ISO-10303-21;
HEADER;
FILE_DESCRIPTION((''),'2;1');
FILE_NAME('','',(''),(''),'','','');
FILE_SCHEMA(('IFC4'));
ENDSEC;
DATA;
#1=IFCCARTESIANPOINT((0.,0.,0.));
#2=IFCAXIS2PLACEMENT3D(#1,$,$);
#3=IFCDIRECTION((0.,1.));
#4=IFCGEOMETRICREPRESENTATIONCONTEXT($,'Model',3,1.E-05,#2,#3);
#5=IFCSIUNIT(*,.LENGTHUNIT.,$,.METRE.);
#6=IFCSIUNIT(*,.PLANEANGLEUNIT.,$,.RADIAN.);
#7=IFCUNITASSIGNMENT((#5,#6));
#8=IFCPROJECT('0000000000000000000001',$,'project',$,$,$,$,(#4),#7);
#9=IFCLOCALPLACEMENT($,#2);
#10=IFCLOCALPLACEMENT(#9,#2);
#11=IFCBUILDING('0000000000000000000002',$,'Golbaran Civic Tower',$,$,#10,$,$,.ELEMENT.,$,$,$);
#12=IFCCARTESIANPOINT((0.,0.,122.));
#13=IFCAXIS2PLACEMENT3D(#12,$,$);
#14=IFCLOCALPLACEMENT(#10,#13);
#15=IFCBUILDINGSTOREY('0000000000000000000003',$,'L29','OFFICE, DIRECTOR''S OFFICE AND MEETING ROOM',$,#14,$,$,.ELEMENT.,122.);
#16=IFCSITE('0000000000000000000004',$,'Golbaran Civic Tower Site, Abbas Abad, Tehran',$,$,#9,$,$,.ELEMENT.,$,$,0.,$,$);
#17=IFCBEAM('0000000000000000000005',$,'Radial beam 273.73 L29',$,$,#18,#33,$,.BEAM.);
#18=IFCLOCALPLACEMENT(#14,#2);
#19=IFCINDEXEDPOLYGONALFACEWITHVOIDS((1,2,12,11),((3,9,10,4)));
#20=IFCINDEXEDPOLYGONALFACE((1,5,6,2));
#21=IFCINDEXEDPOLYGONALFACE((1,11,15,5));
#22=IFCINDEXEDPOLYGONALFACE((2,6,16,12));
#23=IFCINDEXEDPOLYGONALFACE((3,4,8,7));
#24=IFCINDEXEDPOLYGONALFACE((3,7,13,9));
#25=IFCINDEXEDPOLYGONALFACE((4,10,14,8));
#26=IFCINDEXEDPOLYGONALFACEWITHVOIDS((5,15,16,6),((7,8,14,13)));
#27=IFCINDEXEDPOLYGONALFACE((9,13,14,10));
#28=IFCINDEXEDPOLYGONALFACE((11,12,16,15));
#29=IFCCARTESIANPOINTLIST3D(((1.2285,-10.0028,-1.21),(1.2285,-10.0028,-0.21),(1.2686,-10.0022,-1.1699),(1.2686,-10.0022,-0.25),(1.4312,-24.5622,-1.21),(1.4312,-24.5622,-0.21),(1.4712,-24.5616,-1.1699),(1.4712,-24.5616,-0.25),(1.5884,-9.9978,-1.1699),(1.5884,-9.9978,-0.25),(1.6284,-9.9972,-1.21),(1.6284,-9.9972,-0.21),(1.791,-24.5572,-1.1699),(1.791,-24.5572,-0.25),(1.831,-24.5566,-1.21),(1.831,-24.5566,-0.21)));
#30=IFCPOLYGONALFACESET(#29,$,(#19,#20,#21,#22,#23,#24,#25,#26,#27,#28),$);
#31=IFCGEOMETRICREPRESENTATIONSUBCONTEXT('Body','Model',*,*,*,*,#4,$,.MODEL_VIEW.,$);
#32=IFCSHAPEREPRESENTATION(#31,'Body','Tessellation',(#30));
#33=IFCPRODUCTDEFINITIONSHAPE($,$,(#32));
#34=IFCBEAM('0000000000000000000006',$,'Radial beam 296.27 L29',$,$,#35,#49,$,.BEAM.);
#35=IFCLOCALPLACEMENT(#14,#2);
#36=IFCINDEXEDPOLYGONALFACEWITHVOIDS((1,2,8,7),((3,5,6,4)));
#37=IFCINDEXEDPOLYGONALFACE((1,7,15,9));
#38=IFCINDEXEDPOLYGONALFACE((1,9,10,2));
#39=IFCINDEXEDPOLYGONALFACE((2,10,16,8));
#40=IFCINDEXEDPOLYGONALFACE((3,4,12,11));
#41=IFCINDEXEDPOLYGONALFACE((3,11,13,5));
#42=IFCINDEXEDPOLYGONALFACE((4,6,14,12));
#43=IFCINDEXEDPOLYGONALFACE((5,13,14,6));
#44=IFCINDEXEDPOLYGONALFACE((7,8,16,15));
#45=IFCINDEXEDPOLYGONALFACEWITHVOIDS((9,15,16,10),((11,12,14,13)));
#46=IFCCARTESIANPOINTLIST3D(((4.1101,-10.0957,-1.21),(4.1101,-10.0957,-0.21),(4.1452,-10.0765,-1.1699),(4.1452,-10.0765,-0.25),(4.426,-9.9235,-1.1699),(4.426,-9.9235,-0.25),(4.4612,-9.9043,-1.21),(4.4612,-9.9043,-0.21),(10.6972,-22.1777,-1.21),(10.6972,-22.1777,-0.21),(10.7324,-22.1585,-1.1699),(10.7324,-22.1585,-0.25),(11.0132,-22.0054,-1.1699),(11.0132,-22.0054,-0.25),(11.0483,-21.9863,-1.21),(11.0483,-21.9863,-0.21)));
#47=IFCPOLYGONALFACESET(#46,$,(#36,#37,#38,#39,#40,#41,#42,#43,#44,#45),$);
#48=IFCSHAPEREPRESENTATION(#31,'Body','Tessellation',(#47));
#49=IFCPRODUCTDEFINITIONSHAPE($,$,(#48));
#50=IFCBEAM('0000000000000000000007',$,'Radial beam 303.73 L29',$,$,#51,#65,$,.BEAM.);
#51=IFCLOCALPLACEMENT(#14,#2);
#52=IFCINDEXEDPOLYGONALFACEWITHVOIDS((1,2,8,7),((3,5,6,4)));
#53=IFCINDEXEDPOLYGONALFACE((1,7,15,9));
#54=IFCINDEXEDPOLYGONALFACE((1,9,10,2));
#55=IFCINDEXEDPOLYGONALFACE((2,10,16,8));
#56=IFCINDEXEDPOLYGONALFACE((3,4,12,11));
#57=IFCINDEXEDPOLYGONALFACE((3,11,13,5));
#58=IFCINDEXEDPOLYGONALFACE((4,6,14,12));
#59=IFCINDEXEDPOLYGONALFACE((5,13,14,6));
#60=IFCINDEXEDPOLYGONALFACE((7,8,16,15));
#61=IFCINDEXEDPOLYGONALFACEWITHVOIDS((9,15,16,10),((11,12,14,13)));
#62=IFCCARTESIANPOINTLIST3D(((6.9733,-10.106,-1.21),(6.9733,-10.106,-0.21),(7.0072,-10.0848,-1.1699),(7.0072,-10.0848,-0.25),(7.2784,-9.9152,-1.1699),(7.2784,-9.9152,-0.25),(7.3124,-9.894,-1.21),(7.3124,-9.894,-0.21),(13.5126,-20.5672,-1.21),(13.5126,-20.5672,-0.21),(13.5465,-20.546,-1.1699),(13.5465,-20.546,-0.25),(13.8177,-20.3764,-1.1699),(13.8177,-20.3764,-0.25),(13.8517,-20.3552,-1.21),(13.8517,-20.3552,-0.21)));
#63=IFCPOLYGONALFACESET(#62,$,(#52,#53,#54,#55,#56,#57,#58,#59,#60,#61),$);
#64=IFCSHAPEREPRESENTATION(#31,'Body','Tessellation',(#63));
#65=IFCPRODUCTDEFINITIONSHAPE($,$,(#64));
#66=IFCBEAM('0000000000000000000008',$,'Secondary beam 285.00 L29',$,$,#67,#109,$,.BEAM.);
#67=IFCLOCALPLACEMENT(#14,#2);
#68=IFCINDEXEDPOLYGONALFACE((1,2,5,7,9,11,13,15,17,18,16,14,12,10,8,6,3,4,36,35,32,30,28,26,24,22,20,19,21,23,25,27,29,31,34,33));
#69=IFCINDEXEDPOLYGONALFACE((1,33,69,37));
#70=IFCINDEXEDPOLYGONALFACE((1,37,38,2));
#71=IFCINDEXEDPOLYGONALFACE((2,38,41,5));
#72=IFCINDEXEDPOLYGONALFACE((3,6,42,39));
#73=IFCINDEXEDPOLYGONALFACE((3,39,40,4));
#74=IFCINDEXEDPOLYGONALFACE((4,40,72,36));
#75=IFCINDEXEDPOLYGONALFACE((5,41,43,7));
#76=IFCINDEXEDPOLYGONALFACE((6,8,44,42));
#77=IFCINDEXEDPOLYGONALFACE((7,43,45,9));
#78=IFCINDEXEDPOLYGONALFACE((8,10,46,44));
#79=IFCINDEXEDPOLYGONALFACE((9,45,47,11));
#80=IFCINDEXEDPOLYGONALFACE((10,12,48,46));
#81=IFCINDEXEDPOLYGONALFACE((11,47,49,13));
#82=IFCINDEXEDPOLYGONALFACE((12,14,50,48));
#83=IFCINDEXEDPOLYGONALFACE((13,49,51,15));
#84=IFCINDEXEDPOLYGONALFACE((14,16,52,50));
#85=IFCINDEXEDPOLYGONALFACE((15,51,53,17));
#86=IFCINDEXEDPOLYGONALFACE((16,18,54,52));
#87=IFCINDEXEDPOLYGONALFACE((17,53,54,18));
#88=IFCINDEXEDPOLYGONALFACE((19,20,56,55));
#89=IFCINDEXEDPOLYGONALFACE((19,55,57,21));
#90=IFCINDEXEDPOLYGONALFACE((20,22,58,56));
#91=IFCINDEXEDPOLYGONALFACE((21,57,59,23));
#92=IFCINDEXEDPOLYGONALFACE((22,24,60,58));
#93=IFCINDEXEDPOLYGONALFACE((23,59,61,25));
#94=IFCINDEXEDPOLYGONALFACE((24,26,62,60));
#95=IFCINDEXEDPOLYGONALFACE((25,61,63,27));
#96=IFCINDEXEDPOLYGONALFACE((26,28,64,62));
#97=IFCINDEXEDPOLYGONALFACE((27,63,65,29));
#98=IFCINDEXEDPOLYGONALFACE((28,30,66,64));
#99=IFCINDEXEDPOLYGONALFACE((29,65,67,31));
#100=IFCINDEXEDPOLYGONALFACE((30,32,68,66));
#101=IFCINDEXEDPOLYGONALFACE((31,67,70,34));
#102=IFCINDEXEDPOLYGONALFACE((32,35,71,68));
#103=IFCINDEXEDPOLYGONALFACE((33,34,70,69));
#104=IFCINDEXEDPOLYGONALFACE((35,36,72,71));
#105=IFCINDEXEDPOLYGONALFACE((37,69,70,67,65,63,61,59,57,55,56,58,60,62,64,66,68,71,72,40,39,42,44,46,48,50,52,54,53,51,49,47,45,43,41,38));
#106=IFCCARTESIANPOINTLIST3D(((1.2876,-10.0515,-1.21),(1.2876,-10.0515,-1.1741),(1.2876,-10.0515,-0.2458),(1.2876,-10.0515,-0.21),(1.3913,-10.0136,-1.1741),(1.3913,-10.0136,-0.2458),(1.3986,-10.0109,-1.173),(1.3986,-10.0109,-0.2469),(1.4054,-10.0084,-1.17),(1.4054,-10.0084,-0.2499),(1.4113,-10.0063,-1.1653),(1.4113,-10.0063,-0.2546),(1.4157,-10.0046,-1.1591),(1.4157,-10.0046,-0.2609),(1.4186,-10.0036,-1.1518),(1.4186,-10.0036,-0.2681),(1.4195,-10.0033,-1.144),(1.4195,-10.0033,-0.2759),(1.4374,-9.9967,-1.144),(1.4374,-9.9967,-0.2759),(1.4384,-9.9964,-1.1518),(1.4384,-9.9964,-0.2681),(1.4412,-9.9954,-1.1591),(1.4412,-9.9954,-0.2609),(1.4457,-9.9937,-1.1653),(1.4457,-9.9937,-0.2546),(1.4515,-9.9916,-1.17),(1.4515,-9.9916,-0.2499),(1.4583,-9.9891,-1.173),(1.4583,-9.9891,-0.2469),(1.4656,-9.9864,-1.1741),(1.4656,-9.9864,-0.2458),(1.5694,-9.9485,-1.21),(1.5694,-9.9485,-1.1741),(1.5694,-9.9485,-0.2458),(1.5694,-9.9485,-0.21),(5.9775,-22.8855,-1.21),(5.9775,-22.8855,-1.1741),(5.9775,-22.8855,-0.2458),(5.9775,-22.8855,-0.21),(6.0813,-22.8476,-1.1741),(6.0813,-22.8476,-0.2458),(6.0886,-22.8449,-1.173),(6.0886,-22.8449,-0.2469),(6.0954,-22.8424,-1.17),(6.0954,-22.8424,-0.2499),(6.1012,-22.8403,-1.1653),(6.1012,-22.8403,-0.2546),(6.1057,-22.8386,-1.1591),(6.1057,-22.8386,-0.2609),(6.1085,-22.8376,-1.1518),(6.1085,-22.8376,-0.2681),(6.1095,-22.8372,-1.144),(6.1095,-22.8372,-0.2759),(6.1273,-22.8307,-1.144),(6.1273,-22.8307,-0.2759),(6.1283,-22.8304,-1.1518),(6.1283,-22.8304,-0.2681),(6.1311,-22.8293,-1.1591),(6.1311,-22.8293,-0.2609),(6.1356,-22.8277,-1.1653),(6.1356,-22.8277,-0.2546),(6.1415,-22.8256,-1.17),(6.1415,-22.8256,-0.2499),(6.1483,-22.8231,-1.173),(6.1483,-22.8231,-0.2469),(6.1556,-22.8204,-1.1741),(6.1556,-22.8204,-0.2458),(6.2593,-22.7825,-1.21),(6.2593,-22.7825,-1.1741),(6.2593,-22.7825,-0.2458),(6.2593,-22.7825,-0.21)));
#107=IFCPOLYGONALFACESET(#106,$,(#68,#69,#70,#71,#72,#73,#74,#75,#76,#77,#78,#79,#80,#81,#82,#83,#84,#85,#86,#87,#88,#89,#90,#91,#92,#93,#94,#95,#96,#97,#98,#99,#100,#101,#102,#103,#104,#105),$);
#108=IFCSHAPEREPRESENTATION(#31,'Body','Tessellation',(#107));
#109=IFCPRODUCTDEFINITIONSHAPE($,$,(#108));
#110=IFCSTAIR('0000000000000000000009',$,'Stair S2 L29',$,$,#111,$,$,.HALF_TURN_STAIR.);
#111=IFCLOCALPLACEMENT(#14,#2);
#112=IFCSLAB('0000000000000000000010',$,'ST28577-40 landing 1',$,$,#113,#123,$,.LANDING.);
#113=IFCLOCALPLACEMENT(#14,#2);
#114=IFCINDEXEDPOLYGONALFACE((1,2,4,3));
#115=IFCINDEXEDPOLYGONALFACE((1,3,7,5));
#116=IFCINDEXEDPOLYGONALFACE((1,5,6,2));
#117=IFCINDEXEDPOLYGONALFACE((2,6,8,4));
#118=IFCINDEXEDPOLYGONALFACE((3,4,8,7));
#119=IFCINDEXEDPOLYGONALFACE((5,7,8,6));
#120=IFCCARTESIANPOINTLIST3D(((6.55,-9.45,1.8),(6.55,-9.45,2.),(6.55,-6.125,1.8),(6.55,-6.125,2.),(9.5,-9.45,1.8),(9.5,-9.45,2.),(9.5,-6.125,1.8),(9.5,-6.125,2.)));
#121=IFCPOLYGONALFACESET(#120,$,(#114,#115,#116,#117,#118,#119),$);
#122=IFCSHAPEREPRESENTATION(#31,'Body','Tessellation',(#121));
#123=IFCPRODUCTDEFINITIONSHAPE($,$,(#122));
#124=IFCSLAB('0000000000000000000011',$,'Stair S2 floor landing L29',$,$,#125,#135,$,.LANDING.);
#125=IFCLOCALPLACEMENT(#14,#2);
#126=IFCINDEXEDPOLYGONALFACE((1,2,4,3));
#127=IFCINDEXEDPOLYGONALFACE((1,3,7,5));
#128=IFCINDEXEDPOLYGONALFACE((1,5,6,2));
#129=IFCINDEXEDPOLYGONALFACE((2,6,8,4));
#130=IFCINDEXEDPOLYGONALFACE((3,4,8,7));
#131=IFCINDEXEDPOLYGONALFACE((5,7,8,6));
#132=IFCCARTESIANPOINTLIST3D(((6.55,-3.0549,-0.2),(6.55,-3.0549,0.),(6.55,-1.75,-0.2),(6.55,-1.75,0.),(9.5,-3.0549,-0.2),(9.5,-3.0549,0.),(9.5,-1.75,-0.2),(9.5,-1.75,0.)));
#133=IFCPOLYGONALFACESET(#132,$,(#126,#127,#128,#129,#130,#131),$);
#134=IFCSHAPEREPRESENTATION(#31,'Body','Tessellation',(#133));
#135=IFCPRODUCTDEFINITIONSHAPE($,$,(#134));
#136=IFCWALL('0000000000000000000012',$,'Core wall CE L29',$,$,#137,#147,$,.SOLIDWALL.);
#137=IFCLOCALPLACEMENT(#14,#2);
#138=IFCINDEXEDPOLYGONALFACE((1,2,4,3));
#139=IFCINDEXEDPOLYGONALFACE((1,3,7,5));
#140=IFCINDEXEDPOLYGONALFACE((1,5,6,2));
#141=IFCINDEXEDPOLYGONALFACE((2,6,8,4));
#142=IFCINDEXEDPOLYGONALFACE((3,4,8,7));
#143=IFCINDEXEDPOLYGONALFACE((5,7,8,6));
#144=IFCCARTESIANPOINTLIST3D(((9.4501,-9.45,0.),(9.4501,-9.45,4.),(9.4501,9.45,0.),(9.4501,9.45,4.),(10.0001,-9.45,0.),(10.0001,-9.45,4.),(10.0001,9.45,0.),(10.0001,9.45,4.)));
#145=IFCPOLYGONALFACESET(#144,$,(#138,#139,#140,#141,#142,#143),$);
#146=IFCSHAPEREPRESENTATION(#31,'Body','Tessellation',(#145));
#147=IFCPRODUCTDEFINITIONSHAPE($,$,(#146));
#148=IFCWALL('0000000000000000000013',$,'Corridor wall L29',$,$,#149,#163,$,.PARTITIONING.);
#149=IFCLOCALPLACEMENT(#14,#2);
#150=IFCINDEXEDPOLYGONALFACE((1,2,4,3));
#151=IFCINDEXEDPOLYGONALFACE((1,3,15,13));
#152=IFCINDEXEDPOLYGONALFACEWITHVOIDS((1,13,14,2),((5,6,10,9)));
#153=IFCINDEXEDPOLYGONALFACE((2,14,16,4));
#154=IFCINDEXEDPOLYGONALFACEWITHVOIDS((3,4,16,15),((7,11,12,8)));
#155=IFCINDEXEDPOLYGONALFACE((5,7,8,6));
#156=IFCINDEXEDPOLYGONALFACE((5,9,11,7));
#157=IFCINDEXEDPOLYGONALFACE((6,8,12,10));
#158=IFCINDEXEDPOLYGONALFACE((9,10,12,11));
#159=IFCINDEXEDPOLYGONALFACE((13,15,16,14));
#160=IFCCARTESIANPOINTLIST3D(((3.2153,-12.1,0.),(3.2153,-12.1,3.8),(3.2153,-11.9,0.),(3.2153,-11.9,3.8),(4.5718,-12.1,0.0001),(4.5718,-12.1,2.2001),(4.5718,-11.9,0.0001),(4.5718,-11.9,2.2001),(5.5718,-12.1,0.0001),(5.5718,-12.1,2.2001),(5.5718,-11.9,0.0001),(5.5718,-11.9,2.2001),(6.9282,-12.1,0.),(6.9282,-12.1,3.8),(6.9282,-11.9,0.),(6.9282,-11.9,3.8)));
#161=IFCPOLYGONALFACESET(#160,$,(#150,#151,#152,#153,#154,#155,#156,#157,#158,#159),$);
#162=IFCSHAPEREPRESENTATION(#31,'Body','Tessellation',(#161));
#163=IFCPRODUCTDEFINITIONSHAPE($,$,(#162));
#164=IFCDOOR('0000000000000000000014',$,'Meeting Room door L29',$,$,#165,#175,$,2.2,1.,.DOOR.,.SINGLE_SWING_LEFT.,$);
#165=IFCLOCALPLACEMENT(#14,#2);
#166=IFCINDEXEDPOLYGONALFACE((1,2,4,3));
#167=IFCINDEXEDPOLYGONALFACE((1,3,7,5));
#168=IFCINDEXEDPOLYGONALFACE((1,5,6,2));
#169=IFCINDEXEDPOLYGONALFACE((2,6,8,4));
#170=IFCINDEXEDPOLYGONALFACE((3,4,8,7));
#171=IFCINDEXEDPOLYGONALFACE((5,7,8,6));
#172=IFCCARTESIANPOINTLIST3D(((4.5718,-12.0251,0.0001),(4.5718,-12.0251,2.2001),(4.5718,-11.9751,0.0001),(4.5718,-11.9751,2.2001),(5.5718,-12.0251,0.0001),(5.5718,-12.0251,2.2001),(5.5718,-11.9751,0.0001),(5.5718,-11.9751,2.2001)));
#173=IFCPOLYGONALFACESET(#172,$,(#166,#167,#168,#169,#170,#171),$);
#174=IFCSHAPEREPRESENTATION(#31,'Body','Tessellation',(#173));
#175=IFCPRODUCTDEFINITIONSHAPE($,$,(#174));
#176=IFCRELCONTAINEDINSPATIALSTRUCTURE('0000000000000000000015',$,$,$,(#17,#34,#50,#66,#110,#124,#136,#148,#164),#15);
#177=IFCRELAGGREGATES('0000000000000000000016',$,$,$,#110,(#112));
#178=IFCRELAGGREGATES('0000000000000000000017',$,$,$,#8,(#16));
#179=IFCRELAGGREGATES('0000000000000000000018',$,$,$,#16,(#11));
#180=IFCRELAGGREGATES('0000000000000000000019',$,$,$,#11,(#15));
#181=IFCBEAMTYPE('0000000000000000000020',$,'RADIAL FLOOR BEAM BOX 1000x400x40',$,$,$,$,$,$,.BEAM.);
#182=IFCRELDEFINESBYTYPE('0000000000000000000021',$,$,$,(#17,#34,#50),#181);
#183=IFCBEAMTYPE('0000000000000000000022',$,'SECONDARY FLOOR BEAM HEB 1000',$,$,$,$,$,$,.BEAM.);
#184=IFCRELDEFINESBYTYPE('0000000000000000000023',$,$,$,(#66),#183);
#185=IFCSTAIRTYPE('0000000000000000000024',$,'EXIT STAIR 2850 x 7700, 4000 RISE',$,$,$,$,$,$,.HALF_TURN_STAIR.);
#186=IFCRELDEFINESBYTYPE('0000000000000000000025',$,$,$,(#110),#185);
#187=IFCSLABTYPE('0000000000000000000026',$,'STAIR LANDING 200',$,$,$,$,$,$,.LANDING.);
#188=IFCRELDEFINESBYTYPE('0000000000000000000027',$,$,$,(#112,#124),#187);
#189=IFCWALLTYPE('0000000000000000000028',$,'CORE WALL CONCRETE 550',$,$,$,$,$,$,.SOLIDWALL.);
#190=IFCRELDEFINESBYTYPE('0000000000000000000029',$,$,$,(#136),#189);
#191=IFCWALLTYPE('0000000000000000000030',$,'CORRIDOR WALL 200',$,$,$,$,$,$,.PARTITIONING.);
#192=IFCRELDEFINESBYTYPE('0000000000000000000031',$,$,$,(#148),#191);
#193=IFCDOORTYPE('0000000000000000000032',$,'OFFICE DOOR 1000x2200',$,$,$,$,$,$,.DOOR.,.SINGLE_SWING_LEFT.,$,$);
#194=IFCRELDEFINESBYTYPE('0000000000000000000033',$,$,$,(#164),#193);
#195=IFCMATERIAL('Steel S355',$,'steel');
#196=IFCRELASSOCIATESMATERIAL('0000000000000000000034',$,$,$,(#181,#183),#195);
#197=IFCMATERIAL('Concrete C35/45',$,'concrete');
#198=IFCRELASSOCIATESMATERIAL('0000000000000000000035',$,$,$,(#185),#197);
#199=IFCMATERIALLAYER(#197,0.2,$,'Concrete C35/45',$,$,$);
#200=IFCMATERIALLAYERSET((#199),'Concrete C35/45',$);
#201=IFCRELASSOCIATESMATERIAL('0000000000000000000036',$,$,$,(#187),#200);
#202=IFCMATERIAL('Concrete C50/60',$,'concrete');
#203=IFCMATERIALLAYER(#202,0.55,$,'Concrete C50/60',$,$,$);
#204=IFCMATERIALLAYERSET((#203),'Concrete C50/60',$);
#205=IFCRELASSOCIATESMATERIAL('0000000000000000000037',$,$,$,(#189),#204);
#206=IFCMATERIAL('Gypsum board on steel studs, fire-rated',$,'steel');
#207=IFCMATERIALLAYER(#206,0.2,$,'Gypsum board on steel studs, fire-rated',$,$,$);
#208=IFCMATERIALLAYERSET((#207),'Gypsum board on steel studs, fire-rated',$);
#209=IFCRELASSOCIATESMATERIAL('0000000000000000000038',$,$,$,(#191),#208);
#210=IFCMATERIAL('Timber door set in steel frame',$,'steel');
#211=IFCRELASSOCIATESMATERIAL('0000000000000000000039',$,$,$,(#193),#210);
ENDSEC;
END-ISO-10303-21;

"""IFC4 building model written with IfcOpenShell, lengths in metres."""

from ifc_helpers import new_model, si_unit, direction, frame, frame_2d, origin, origin_2d, place, context, subcontext, project, spatial, polyline, rectangle, hollow_rectangle, i_section, outline, extrude, material, layer, layer_set, material_profile, profile_set, type_object, element, fill, aggregate, save


model = new_model("IFC4")

# Units and contexts
model_context = context("Model", 3, precision=1e-05, world=origin(), true_north=direction((0.0, 1.0)))
body_context = subcontext(model_context, "Body", "Model", "MODEL_VIEW")
ifc_project = project(units=[si_unit("LENGTHUNIT", "METRE"), si_unit("PLANEANGLEUNIT", "RADIAN")], contexts=[model_context])

# Site, building, storey
site_placement = place(None, origin())
site = spatial("IfcSite", under=ifc_project, at=site_placement, Name="Golbaran Civic Tower Site, Abbas Abad, Tehran", CompositionType="ELEMENT", RefElevation=0.0)
building_placement = place(site_placement, origin())
building = spatial("IfcBuilding", under=site, at=building_placement, Name="Golbaran Civic Tower", CompositionType="ELEMENT")
storey_placement = place(building_placement, frame((0.0, 0.0, 122.0)))
storey = spatial("IfcBuildingStorey", under=building, at=storey_placement, Name="L29", Description="OFFICE, DIRECTOR'S OFFICE AND MEETING ROOM", CompositionType="ELEMENT", Elevation=122.0)

# Beams
ifc_material_1 = material(Name="Steel S355", Category="steel")
ifc_material_profile_1 = material_profile(ifc_material_1, hollow_rectangle(XDim=0.3999, YDim=1.0, WallThickness=0.04, at=origin_2d()), Name="BOX 1000x400x40")
ifc_profile_set_1 = profile_set([ifc_material_profile_1], Name="Steel S355")
beam_type_1 = type_object("IfcBeamType", Name="RADIAL FLOOR BEAM BOX 1000x400x40", PredefinedType="BEAM", material=ifc_profile_set_1)
beam_1_placement = place(storey_placement, frame((1.4285, -10.0, -0.71), z_axis=(0.013917, -0.999903, 0.0), x_axis=(0.999903, 0.013917, 0.0)))
element("IfcBeam", 1, at=beam_1_placement, inside=storey, type_object=beam_type_1, Name="Radial beam 273.73 L29", PredefinedType="BEAM", context=body_context, shape_type="SweptSolid", body=[
    extrude(hollow_rectangle(XDim=0.3999, YDim=1.0, WallThickness=0.04, at=origin_2d()), origin(), (0.0, 0.0, 1.0), 14.5608),
])
beam_2_placement = place(storey_placement, frame((4.2856, -10.0, -0.71), z_axis=(0.478682, -0.877988, 0.0), x_axis=(0.877988, 0.478682, 0.0)))
element("IfcBeam", 2, at=beam_2_placement, inside=storey, type_object=beam_type_1, Name="Radial beam 296.27 L29", PredefinedType="BEAM", context=body_context, shape_type="SweptSolid", body=[
    extrude(hollow_rectangle(XDim=0.3999, YDim=1.0, WallThickness=0.04, at=origin_2d()), origin(), (0.0, 0.0, 1.0), 13.761),
])
beam_3_placement = place(storey_placement, frame((7.1428, -10.0, -0.71), z_axis=(0.530061, -0.847959, 0.0), x_axis=(0.847959, 0.530061, 0.0)))
element("IfcBeam", 3, at=beam_3_placement, inside=storey, type_object=beam_type_1, Name="Radial beam 303.73 L29", PredefinedType="BEAM", context=body_context, shape_type="SweptSolid", body=[
    extrude(hollow_rectangle(XDim=0.3999, YDim=1.0, WallThickness=0.04, at=origin_2d()), origin(), (0.0, 0.0, 1.0), 12.3369),
])
ifc_material_profile_2 = material_profile(ifc_material_1, i_section(OverallWidth=0.3, OverallDepth=1.0, WebThickness=0.019, FlangeThickness=0.0359, FilletRadius=0.03, at=origin_2d()), Name="HEB 1000")
ifc_profile_set_2 = profile_set([ifc_material_profile_2], Name="Steel S355")
beam_type_2 = type_object("IfcBeamType", Name="SECONDARY FLOOR BEAM HEB 1000", PredefinedType="BEAM", material=ifc_profile_set_2)
beam_4_placement = place(storey_placement, frame((1.4285, -10.0, -0.71), z_axis=(0.343232, -0.939251, 0.0), x_axis=(0.939251, 0.343232, 0.0)))
element("IfcBeam", 4, at=beam_4_placement, inside=storey, type_object=beam_type_2, Name="Secondary beam 285.00 L29", PredefinedType="BEAM", context=body_context, shape_type="SweptSolid", body=[
    extrude(i_section(OverallWidth=0.3, OverallDepth=1.0, WebThickness=0.019, FlangeThickness=0.0359, FilletRadius=0.03, at=origin_2d()), origin(), (0.0, 0.0, 1.0), 13.6641),
])

# Stair, slab
ifc_material_2 = material(Name="Concrete C35/45", Category="concrete")
stair_type = type_object("IfcStairType", Name="EXIT STAIR 2850 x 7700, 4000 RISE", PredefinedType="HALF_TURN_STAIR", material=ifc_material_2)
stair_placement = place(storey_placement, origin())
stair = element("IfcStair", 5, at=stair_placement, inside=storey, type_object=stair_type, Name="Stair S2 L29", PredefinedType="HALF_TURN_STAIR")
ifc_layer_1 = layer(ifc_material_2, 0.2, Name="Concrete C35/45")
ifc_layer_set_1 = layer_set([ifc_layer_1], Name="Concrete C35/45")
slab_type = type_object("IfcSlabType", Name="STAIR LANDING 200", PredefinedType="LANDING", material=ifc_layer_set_1)
slab_1_placement = place(storey_placement, frame((0.0, 0.0, 1.8)))
slab_1 = element("IfcSlab", 6, at=slab_1_placement, type_object=slab_type, Name="ST28577-40 landing 1", PredefinedType="LANDING", context=body_context, shape_type="SweptSolid", body=[
    extrude(outline(polyline([(9.5, -6.125), (9.5, -9.45), (6.55, -9.45), (6.55, -6.125), (9.5, -6.125)])), origin(), (0.0, 0.0, 1.0), 0.2),
])

# Slab
slab_2_placement = place(storey_placement, frame((0.0, 0.0, -0.2)))
element("IfcSlab", 7, at=slab_2_placement, inside=storey, type_object=slab_type, Name="Stair S2 floor landing L29", PredefinedType="LANDING", context=body_context, shape_type="SweptSolid", body=[
    extrude(outline(polyline([(9.5, -1.75), (9.5, -3.0549), (6.55, -3.0549), (6.55, -1.75), (9.5, -1.75)])), origin(), (0.0, 0.0, 1.0), 0.2),
])

# Wall
ifc_material_3 = material(Name="Concrete C50/60", Category="concrete")
ifc_layer_2 = layer(ifc_material_3, 0.55, Name="Concrete C50/60")
ifc_layer_set_2 = layer_set([ifc_layer_2], Name="Concrete C50/60")
wall_type_1 = type_object("IfcWallType", Name="CORE WALL CONCRETE 550", PredefinedType="SOLIDWALL", material=ifc_layer_set_2)
wall_1_placement = place(storey_placement, frame((9.7251, -9.45, 0.0), z_axis=(0.0, 0.0, 1.0), x_axis=(0.0, 1.0, 0.0)))
element("IfcWall", 8, at=wall_1_placement, inside=storey, type_object=wall_type_1, Name="Core wall CE L29", PredefinedType="SOLIDWALL", context=body_context, shape_type="SweptSolid", body=[
    extrude(rectangle(XDim=18.8999, YDim=0.55, at=frame_2d((9.45, 0.0))), origin(), (0.0, 0.0, 1.0), 4.0),
])

# Wall, opening, door
ifc_material_4 = material(Name="Gypsum board on steel studs, fire-rated", Category="steel")
ifc_layer_3 = layer(ifc_material_4, 0.2, Name="Gypsum board on steel studs, fire-rated")
ifc_layer_set_3 = layer_set([ifc_layer_3], Name="Gypsum board on steel studs, fire-rated")
wall_type_2 = type_object("IfcWallType", Name="CORRIDOR WALL 200", PredefinedType="PARTITIONING", material=ifc_layer_set_3)
wall_2_placement = place(storey_placement, frame((3.2153, -12.0, 0.0), z_axis=(0.0, 0.0, 1.0), x_axis=(1.0, 0.0, 0.0)))
wall_2 = element("IfcWall", 9, at=wall_2_placement, inside=storey, type_object=wall_type_2, Name="Corridor wall L29", PredefinedType="PARTITIONING", context=body_context, shape_type="SweptSolid", body=[
    extrude(rectangle(XDim=3.7129, YDim=0.2, at=frame_2d((1.8564, 0.0))), origin(), (0.0, 0.0, 1.0), 3.8),
])
opening_1_placement = place(wall_2_placement, frame((1.3564, 0.0, 0.0)))
opening_1 = element("IfcOpeningElement", 10, at=opening_1_placement, cuts=wall_2, PredefinedType="OPENING", context=body_context, shape_type="SweptSolid", body=[
    extrude(rectangle(XDim=1.0, YDim=2.2, at=frame_2d((0.5, 1.1001))), frame((0.0, 0.1099, 0.0), z_axis=(0.0, -1.0, 0.0), x_axis=(1.0, 0.0, 0.0)), (0.0, 0.0, 1.0), 0.22),
])
ifc_material_5 = material(Name="Timber door set in steel frame", Category="steel")
door_type_1 = type_object("IfcDoorType", Name="OFFICE DOOR 1000x2200", OperationType="SINGLE_SWING_LEFT", PredefinedType="DOOR", material=ifc_material_5)
door_1_placement = place(opening_1_placement, origin())
door_1 = element("IfcDoor", 11, at=door_1_placement, inside=storey, type_object=door_type_1, Name="Meeting Room door L29", OperationType="SINGLE_SWING_LEFT", OverallHeight=2.2, OverallWidth=1.0, PredefinedType="DOOR", context=body_context, shape_type="SweptSolid", body=[
    extrude(rectangle(XDim=1.0, YDim=2.2, at=frame_2d((0.5, 1.1001))), frame((0.0, 0.0249, 0.0), z_axis=(0.0, -1.0, 0.0), x_axis=(1.0, 0.0, 0.0)), (0.0, 0.0, 1.0), 0.05),
])
fill(opening_1, door_1)

aggregate(stair, [slab_1])

save(model, "model.ifc")
